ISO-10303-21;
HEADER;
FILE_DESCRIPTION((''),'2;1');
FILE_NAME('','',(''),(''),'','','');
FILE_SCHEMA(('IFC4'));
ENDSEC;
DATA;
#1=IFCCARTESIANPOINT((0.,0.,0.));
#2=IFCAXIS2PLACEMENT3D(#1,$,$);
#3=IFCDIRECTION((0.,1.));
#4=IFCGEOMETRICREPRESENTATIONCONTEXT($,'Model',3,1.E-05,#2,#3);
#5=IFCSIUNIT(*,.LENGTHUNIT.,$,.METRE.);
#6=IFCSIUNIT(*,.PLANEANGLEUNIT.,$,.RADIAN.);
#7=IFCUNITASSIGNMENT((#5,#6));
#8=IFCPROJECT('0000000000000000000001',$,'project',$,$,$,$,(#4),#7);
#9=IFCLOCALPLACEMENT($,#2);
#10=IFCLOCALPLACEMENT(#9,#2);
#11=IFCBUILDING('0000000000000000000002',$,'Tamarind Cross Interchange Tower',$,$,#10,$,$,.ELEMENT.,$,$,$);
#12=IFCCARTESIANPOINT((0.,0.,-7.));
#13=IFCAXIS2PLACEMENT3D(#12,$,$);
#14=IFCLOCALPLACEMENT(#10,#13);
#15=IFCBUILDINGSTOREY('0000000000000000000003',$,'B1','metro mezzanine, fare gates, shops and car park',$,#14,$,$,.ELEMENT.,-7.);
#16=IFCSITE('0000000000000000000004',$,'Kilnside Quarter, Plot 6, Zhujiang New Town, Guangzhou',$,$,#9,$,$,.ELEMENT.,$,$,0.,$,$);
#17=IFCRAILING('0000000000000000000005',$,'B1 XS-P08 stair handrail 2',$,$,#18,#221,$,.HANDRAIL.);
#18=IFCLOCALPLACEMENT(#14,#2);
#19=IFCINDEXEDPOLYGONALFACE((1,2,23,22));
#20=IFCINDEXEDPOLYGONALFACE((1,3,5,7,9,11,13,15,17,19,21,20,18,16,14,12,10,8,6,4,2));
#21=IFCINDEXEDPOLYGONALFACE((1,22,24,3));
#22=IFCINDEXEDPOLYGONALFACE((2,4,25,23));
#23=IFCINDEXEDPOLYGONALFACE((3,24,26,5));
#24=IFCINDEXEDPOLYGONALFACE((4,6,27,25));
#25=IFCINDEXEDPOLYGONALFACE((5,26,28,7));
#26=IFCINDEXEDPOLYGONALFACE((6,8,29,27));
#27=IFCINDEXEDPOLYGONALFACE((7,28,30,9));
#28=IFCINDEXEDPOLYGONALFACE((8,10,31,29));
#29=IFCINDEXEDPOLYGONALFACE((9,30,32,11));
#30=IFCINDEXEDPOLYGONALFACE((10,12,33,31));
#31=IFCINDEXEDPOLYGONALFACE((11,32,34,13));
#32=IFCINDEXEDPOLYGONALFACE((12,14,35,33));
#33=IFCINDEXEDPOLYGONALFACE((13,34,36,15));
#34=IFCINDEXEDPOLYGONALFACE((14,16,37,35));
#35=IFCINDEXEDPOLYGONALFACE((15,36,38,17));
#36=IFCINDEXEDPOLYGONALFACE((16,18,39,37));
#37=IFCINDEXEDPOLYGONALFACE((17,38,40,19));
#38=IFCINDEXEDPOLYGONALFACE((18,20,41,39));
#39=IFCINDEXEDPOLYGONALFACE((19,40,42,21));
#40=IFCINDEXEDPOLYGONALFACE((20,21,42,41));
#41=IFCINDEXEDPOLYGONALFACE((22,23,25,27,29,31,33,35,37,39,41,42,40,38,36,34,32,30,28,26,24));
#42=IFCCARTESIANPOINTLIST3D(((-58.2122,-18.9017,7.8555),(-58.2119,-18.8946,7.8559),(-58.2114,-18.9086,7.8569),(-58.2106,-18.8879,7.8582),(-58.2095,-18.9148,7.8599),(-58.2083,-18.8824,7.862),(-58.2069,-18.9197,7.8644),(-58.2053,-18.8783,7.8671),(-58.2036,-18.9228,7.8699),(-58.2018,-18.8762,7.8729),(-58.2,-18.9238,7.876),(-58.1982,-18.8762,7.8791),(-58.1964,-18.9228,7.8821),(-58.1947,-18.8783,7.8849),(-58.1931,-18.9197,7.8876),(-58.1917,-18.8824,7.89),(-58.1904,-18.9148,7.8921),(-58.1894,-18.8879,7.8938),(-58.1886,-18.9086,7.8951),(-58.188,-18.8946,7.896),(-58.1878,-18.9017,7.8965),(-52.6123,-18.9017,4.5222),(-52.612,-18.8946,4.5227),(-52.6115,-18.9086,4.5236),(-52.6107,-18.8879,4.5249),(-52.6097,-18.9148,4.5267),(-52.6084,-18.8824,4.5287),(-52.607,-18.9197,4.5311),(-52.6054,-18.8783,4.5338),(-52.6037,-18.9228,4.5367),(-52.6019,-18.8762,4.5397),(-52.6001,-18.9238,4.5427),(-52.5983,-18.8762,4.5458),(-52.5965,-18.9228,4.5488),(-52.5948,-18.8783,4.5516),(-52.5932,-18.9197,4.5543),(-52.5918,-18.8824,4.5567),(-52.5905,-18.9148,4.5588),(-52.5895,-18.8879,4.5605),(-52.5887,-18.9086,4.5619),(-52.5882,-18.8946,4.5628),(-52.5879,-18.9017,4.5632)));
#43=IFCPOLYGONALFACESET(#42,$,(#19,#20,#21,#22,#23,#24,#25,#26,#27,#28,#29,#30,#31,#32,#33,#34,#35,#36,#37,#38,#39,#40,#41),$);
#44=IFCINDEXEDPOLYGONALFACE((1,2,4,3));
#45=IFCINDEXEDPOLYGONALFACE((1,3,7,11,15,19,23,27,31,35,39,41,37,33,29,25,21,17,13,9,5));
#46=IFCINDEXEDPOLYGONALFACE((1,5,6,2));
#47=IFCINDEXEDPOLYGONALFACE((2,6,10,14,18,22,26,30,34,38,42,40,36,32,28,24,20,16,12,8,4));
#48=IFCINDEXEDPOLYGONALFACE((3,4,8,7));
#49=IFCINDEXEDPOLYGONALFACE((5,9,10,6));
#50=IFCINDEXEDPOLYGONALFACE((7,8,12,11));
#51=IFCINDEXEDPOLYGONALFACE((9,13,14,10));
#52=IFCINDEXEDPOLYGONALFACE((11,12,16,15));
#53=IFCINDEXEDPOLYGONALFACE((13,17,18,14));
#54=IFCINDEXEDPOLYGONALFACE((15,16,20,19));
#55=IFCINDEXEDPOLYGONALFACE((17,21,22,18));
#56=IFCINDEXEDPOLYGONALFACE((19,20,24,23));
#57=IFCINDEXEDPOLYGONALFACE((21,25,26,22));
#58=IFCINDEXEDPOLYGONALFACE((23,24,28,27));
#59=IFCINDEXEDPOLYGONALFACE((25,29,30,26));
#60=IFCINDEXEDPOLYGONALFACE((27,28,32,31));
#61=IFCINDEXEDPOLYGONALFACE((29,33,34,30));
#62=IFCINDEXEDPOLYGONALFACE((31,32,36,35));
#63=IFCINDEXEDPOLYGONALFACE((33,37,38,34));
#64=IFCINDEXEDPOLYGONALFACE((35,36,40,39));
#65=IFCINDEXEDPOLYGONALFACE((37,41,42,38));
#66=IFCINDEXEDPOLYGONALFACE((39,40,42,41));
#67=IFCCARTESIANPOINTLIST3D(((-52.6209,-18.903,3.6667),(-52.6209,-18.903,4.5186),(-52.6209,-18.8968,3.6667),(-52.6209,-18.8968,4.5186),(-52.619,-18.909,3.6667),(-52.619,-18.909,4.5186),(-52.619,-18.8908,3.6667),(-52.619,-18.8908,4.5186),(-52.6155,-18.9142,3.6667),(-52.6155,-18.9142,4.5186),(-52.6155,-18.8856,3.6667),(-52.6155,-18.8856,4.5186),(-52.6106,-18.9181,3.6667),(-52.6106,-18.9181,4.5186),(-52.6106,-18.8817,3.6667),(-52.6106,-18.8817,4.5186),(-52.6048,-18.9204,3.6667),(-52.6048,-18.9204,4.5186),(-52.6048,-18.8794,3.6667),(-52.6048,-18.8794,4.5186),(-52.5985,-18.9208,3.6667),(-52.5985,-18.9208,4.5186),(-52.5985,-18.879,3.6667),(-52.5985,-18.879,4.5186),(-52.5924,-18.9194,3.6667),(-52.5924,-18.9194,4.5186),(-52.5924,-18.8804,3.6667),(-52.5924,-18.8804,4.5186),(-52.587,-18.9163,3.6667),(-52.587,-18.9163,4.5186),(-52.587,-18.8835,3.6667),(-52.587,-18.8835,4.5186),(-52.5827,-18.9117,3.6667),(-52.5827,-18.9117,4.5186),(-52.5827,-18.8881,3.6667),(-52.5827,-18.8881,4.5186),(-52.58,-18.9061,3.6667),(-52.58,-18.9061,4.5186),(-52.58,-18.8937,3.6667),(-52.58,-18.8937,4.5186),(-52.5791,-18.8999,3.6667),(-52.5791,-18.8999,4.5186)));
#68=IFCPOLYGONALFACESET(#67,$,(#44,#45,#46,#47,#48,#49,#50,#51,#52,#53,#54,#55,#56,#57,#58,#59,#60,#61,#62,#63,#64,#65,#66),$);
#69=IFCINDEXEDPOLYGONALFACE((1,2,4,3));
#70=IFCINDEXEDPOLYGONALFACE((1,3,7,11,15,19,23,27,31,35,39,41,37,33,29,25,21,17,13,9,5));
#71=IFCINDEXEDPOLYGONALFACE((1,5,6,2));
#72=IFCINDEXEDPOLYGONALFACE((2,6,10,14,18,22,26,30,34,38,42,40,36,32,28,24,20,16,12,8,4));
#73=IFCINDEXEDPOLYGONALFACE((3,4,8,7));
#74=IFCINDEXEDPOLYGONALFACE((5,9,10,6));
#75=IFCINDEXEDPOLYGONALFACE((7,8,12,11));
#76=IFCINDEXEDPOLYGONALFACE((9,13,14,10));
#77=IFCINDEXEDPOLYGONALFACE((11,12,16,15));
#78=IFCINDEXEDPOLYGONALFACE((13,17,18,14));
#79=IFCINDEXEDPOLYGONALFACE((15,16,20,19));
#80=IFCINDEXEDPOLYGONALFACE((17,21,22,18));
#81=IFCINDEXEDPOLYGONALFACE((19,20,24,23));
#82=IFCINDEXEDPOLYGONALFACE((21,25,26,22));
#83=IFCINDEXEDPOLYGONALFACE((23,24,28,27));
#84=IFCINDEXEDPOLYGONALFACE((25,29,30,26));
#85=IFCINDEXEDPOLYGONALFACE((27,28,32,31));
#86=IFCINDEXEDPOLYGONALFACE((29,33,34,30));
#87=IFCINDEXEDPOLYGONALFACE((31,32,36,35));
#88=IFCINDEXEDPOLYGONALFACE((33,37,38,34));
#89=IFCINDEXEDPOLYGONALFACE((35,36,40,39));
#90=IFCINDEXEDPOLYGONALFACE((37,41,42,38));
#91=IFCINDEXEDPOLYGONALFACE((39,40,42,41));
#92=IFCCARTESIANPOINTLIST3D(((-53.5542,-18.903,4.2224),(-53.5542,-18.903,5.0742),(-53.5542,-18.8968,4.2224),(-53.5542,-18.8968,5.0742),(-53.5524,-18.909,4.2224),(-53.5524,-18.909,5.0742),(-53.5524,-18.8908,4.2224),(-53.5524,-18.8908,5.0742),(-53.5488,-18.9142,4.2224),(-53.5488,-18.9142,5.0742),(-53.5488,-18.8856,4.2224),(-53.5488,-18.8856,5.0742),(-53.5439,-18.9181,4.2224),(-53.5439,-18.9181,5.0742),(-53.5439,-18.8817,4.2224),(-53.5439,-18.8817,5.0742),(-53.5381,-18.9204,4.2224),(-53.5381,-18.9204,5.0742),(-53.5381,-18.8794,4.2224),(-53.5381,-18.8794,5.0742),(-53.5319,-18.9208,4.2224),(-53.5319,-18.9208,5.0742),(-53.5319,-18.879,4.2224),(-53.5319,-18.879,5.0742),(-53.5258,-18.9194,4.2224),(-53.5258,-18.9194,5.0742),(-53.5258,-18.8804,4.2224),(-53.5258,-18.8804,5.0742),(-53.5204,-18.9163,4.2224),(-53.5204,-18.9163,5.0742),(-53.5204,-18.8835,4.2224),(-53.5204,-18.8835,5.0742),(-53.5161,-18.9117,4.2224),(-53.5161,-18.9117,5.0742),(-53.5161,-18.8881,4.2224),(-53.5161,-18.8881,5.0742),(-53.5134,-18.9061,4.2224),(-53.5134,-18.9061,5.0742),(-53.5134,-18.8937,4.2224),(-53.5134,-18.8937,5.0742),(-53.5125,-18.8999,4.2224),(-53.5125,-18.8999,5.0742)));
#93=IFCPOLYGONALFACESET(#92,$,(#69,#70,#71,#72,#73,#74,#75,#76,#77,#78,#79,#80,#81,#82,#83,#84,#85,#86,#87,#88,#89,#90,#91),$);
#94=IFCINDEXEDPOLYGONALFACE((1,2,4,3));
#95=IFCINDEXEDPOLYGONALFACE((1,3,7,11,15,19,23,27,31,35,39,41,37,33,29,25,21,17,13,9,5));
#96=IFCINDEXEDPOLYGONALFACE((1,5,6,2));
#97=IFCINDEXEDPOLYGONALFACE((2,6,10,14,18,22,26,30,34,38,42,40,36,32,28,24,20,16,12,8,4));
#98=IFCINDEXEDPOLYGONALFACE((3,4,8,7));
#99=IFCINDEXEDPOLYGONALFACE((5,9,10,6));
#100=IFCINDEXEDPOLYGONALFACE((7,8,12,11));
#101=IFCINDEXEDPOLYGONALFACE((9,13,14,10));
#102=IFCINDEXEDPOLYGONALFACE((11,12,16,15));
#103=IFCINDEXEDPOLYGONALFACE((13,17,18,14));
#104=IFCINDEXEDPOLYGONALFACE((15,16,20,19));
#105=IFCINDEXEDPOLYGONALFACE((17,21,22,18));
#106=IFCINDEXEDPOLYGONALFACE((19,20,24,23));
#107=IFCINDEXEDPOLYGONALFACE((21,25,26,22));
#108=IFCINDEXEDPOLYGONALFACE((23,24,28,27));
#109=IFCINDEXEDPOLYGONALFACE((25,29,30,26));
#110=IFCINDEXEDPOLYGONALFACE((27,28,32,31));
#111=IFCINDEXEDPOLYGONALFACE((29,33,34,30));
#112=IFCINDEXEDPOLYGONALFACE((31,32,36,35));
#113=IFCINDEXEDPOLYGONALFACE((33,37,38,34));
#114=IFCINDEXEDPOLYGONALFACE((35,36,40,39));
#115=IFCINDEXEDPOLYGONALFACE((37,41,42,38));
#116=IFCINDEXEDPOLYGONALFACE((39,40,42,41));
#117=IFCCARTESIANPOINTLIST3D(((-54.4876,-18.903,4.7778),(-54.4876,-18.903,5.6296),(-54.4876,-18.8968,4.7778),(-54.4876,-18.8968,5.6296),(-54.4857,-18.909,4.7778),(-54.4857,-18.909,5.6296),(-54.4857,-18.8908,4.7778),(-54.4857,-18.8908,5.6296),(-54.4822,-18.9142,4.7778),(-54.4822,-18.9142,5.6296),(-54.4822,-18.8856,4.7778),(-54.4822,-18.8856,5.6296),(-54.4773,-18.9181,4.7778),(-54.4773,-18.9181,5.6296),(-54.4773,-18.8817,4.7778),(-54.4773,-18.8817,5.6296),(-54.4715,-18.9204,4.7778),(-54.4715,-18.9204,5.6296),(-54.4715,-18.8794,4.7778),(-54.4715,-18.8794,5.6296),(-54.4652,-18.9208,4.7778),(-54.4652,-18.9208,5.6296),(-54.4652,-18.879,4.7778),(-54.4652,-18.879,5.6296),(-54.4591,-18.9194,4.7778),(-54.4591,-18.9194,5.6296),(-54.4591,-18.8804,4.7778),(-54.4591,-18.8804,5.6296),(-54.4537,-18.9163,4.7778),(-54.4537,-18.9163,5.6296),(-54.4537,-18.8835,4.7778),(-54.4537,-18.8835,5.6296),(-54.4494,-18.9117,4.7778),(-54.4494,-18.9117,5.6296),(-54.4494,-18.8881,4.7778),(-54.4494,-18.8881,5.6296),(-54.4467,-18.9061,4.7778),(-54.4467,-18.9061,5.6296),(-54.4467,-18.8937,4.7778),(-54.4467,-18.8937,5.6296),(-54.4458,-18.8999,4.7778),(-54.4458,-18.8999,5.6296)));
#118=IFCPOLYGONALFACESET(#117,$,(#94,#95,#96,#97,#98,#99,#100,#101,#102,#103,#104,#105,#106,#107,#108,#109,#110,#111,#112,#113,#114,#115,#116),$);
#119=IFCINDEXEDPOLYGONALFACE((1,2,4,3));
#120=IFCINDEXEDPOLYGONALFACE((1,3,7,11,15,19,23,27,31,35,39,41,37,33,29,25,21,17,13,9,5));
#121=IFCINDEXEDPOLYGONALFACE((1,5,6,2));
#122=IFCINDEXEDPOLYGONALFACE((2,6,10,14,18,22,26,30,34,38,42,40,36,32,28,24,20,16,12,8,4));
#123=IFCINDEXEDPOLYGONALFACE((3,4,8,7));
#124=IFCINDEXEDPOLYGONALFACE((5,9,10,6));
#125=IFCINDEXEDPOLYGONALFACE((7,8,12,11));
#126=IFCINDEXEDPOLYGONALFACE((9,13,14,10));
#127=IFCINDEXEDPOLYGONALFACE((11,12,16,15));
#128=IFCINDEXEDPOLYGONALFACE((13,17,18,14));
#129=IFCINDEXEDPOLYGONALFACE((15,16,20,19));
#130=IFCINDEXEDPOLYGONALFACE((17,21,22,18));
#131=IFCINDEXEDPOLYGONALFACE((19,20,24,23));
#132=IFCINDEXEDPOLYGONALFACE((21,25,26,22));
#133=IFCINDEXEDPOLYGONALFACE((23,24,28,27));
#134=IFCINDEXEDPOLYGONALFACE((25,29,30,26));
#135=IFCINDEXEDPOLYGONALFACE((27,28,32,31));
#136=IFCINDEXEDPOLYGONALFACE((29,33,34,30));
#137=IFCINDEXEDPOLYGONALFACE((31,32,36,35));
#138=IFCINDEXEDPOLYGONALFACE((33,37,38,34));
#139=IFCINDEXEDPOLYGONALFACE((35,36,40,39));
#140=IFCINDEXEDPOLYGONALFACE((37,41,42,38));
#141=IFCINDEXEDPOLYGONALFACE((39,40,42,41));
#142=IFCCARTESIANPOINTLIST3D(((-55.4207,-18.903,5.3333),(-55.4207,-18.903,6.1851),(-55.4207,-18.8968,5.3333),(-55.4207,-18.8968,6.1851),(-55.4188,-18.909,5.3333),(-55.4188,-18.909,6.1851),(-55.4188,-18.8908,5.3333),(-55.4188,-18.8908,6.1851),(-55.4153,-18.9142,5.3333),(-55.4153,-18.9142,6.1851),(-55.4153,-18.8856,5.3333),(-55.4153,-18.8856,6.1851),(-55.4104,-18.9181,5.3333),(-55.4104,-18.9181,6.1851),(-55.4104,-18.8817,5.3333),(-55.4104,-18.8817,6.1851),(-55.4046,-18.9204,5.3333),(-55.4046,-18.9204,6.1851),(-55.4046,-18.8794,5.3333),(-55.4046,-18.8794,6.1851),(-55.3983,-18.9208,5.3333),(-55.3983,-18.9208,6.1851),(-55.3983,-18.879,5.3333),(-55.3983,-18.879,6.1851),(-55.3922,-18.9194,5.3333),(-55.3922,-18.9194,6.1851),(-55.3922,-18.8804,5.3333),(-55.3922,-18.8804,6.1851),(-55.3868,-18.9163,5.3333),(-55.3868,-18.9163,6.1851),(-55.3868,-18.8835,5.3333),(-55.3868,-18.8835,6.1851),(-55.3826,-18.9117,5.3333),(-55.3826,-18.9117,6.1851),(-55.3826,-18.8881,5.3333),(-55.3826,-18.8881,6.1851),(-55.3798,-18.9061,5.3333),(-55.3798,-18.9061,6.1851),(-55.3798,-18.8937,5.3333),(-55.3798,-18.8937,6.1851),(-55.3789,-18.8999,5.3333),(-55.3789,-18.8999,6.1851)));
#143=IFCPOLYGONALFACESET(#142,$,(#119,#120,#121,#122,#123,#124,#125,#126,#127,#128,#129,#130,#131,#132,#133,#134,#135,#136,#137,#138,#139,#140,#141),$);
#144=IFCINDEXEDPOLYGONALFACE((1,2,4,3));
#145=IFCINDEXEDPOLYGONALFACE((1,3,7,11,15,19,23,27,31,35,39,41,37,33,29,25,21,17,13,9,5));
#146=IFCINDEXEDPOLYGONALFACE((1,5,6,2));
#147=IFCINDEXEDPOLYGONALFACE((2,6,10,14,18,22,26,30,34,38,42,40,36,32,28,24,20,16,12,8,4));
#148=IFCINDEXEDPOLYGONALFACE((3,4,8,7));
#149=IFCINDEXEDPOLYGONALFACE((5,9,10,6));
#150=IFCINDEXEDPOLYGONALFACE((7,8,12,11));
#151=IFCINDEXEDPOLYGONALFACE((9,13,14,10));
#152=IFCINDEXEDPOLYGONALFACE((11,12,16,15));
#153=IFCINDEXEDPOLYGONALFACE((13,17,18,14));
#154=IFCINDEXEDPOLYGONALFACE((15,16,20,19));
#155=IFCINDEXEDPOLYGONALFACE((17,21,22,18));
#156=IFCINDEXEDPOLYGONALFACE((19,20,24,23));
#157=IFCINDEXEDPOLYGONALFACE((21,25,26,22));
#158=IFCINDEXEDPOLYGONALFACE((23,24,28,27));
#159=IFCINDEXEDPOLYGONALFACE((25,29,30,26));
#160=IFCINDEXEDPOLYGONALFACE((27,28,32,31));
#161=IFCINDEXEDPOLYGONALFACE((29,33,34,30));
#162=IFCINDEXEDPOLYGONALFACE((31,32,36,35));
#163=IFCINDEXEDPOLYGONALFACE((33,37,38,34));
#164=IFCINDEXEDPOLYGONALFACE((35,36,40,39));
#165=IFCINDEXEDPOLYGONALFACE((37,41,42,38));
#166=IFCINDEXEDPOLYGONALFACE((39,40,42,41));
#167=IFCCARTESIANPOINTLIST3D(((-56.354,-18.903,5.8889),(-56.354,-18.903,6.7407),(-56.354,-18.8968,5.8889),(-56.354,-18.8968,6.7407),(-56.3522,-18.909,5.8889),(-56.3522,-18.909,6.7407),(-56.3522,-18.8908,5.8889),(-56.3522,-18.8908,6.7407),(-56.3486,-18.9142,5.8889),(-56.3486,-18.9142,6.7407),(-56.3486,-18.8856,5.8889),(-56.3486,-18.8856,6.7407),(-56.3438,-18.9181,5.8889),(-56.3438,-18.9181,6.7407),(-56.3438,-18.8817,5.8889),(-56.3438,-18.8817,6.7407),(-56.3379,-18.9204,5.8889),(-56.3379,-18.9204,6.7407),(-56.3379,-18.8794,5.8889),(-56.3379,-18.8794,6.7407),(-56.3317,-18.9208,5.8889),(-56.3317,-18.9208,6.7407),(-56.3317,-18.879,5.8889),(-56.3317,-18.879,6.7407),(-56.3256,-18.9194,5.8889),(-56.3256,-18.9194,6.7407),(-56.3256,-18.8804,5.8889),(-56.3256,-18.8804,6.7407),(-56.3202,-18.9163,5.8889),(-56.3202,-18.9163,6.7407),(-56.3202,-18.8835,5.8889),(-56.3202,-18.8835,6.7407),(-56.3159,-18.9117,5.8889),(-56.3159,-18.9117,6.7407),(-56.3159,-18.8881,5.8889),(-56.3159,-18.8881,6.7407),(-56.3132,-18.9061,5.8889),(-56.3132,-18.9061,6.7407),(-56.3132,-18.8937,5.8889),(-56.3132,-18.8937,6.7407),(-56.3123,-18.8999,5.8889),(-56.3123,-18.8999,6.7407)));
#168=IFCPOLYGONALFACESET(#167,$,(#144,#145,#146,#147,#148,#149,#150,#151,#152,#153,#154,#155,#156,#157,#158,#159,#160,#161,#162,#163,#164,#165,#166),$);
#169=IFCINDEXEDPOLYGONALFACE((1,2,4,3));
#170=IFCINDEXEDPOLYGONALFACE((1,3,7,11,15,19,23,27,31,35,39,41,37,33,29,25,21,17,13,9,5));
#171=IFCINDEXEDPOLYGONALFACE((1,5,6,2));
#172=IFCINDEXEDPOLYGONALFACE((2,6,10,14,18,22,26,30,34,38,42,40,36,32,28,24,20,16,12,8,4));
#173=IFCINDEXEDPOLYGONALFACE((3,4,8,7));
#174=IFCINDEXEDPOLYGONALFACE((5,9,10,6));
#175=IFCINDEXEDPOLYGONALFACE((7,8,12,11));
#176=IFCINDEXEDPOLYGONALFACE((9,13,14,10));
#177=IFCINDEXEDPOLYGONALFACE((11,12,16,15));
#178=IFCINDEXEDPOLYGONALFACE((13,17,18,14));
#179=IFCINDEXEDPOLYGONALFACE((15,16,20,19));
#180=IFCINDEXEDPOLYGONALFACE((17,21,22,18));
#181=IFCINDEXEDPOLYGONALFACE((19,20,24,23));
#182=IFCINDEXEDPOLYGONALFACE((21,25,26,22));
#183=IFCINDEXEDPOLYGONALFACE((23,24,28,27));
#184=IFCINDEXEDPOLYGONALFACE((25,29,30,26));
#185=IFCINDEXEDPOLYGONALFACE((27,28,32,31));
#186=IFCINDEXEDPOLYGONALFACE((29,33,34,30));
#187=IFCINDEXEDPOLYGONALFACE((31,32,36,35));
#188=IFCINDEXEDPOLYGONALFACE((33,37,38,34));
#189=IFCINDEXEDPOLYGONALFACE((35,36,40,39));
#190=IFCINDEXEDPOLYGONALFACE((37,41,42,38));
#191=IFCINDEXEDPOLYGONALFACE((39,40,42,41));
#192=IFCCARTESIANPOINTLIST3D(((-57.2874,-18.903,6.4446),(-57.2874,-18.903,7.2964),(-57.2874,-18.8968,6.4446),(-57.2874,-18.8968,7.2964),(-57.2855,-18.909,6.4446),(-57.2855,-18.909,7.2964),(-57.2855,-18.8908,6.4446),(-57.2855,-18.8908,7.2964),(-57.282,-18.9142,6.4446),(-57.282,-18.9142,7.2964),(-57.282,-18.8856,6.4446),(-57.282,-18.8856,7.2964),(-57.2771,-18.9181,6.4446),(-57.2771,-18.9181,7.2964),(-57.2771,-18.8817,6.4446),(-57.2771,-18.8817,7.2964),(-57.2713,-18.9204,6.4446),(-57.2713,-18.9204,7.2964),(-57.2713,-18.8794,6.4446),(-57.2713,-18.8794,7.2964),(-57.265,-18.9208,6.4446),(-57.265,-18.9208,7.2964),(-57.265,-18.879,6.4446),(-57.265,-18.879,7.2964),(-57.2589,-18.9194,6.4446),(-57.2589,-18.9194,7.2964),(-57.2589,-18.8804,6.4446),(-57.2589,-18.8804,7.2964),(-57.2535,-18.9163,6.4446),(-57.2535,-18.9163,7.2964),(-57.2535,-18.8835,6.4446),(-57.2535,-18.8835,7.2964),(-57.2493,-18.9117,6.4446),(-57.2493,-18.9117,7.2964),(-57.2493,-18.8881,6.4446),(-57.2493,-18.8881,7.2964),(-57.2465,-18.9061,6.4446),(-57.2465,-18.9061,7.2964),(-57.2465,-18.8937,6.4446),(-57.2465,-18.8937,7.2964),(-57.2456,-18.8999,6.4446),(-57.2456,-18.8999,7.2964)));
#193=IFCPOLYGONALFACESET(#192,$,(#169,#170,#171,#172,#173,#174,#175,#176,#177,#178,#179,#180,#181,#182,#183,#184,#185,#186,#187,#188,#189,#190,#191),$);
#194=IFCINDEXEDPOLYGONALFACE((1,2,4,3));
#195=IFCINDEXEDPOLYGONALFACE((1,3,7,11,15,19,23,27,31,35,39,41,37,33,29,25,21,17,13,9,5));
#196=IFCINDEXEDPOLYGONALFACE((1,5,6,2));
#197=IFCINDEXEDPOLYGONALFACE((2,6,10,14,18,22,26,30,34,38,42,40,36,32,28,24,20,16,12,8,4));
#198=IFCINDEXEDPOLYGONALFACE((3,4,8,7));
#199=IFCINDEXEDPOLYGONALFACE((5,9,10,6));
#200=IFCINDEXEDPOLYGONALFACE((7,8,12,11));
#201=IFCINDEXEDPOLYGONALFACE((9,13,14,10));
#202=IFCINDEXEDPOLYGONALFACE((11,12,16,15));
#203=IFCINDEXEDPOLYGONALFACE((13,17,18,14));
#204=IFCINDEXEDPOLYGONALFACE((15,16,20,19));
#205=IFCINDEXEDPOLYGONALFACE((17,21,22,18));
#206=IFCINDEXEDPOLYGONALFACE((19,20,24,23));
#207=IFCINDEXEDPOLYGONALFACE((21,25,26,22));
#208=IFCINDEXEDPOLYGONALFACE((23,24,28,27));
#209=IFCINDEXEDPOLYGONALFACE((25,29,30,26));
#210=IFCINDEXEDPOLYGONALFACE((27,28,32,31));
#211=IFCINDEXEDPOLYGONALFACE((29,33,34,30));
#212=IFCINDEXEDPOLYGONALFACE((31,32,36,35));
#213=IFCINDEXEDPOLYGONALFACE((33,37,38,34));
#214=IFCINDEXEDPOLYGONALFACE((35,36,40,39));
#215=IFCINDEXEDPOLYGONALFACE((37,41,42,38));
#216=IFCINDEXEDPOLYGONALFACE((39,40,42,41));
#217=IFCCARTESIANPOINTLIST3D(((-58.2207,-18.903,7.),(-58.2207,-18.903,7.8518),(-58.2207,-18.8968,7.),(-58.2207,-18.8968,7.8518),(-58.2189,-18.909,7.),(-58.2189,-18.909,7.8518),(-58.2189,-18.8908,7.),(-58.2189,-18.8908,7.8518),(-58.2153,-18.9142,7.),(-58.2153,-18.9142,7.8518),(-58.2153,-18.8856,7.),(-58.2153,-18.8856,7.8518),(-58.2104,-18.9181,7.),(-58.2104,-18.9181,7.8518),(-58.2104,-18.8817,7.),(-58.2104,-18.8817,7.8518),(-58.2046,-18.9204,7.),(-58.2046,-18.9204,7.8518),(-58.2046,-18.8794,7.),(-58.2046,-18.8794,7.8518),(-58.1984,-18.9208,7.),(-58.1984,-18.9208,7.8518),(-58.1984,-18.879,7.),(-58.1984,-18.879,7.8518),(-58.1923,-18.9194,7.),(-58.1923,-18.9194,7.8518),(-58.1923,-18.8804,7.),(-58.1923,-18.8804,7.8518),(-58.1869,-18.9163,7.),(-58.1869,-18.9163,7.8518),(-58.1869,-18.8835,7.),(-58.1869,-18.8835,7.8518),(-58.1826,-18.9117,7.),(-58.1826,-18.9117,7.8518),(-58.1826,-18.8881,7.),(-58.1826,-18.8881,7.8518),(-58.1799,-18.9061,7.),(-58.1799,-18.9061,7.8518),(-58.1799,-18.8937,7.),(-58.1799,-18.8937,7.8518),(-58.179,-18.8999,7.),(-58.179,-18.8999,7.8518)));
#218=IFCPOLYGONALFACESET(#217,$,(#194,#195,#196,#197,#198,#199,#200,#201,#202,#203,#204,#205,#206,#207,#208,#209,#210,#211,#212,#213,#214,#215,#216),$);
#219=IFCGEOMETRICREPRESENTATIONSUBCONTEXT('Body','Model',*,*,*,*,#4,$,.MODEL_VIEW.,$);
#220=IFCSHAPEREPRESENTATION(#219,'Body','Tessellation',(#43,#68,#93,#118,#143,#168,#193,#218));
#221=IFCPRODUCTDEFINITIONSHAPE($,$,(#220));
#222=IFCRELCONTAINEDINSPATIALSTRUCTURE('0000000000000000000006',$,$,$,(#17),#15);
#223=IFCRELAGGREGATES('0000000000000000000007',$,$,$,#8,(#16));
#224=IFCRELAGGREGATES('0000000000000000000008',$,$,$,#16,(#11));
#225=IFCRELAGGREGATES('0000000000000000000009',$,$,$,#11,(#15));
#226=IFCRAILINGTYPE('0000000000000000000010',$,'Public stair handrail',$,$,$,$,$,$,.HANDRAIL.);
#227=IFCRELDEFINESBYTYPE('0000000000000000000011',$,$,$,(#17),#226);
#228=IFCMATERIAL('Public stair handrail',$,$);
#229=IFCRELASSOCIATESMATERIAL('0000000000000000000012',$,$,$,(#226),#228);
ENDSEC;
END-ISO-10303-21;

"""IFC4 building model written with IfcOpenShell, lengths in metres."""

from ifc_helpers import new_model, si_unit, direction, frame, origin, origin_2d, place, context, subcontext, project, spatial, circle, extrude, material, type_object, element, save


model = new_model("IFC4")

# Units and contexts
model_context = context("Model", 3, precision=1e-05, world=origin(), true_north=direction((0.0, 1.0)))
body_context = subcontext(model_context, "Body", "Model", "MODEL_VIEW")
ifc_project = project(units=[si_unit("LENGTHUNIT", "METRE"), si_unit("PLANEANGLEUNIT", "RADIAN")], contexts=[model_context])

# Site, building, storey
site_placement = place(None, origin())
site = spatial("IfcSite", under=ifc_project, at=site_placement, Name="Kilnside Quarter, Plot 6, Zhujiang New Town, Guangzhou", CompositionType="ELEMENT", RefElevation=0.0)
building_placement = place(site_placement, origin())
building = spatial("IfcBuilding", under=site, at=building_placement, Name="Tamarind Cross Interchange Tower", CompositionType="ELEMENT")
storey_placement = place(building_placement, frame((0.0, 0.0, -7.0)))
storey = spatial("IfcBuildingStorey", under=building, at=storey_placement, Name="B1", Description="metro mezzanine, fare gates, shops and car park", CompositionType="ELEMENT", Elevation=-7.0)

# Railing
ifc_material_1 = material(Name="Public stair handrail")
railing_type_1 = type_object("IfcRailingType", Name="Public stair handrail", PredefinedType="HANDRAIL", material=ifc_material_1)
railing_1_placement = place(storey_placement, frame((-52.6001, -18.8999, 3.6667)))
element("IfcRailing", 1, at=railing_1_placement, inside=storey, type_object=railing_type_1, Name="B1 XS-P08 stair handrail 2", PredefinedType="HANDRAIL", context=body_context, shape_type="SweptSolid", body=[
    extrude(circle(Radius=0.0239, at=origin_2d()), frame((0.0, 0.0, 0.876), z_axis=(-0.859292, 0.0, 0.511485), x_axis=(0.0, -1.0, 0.0)), (0.0, 0.0, 1.0), 6.5168),
    extrude(circle(Radius=0.021, at=origin_2d()), origin(), (0.0, 0.0, 1.0), 0.8518),
    extrude(circle(Radius=0.021, at=origin_2d()), frame((-0.9333, 0.0, 0.5557)), (0.0, 0.0, 1.0), 0.8518),
    extrude(circle(Radius=0.021, at=origin_2d()), frame((-1.8667, 0.0, 1.1111)), (0.0, 0.0, 1.0), 0.8518),
    extrude(circle(Radius=0.021, at=origin_2d()), frame((-2.7998, 0.0, 1.6665)), (0.0, 0.0, 1.0), 0.8518),
    extrude(circle(Radius=0.021, at=origin_2d()), frame((-3.7332, 0.0, 2.2222)), (0.0, 0.0, 1.0), 0.8518),
    extrude(circle(Radius=0.021, at=origin_2d()), frame((-4.6665, 0.0, 2.7778)), (0.0, 0.0, 1.0), 0.8518),
    extrude(circle(Radius=0.021, at=origin_2d()), frame((-5.5999, 0.0, 3.3333)), (0.0, 0.0, 1.0), 0.8518),
])

save(model, "model.ifc")
